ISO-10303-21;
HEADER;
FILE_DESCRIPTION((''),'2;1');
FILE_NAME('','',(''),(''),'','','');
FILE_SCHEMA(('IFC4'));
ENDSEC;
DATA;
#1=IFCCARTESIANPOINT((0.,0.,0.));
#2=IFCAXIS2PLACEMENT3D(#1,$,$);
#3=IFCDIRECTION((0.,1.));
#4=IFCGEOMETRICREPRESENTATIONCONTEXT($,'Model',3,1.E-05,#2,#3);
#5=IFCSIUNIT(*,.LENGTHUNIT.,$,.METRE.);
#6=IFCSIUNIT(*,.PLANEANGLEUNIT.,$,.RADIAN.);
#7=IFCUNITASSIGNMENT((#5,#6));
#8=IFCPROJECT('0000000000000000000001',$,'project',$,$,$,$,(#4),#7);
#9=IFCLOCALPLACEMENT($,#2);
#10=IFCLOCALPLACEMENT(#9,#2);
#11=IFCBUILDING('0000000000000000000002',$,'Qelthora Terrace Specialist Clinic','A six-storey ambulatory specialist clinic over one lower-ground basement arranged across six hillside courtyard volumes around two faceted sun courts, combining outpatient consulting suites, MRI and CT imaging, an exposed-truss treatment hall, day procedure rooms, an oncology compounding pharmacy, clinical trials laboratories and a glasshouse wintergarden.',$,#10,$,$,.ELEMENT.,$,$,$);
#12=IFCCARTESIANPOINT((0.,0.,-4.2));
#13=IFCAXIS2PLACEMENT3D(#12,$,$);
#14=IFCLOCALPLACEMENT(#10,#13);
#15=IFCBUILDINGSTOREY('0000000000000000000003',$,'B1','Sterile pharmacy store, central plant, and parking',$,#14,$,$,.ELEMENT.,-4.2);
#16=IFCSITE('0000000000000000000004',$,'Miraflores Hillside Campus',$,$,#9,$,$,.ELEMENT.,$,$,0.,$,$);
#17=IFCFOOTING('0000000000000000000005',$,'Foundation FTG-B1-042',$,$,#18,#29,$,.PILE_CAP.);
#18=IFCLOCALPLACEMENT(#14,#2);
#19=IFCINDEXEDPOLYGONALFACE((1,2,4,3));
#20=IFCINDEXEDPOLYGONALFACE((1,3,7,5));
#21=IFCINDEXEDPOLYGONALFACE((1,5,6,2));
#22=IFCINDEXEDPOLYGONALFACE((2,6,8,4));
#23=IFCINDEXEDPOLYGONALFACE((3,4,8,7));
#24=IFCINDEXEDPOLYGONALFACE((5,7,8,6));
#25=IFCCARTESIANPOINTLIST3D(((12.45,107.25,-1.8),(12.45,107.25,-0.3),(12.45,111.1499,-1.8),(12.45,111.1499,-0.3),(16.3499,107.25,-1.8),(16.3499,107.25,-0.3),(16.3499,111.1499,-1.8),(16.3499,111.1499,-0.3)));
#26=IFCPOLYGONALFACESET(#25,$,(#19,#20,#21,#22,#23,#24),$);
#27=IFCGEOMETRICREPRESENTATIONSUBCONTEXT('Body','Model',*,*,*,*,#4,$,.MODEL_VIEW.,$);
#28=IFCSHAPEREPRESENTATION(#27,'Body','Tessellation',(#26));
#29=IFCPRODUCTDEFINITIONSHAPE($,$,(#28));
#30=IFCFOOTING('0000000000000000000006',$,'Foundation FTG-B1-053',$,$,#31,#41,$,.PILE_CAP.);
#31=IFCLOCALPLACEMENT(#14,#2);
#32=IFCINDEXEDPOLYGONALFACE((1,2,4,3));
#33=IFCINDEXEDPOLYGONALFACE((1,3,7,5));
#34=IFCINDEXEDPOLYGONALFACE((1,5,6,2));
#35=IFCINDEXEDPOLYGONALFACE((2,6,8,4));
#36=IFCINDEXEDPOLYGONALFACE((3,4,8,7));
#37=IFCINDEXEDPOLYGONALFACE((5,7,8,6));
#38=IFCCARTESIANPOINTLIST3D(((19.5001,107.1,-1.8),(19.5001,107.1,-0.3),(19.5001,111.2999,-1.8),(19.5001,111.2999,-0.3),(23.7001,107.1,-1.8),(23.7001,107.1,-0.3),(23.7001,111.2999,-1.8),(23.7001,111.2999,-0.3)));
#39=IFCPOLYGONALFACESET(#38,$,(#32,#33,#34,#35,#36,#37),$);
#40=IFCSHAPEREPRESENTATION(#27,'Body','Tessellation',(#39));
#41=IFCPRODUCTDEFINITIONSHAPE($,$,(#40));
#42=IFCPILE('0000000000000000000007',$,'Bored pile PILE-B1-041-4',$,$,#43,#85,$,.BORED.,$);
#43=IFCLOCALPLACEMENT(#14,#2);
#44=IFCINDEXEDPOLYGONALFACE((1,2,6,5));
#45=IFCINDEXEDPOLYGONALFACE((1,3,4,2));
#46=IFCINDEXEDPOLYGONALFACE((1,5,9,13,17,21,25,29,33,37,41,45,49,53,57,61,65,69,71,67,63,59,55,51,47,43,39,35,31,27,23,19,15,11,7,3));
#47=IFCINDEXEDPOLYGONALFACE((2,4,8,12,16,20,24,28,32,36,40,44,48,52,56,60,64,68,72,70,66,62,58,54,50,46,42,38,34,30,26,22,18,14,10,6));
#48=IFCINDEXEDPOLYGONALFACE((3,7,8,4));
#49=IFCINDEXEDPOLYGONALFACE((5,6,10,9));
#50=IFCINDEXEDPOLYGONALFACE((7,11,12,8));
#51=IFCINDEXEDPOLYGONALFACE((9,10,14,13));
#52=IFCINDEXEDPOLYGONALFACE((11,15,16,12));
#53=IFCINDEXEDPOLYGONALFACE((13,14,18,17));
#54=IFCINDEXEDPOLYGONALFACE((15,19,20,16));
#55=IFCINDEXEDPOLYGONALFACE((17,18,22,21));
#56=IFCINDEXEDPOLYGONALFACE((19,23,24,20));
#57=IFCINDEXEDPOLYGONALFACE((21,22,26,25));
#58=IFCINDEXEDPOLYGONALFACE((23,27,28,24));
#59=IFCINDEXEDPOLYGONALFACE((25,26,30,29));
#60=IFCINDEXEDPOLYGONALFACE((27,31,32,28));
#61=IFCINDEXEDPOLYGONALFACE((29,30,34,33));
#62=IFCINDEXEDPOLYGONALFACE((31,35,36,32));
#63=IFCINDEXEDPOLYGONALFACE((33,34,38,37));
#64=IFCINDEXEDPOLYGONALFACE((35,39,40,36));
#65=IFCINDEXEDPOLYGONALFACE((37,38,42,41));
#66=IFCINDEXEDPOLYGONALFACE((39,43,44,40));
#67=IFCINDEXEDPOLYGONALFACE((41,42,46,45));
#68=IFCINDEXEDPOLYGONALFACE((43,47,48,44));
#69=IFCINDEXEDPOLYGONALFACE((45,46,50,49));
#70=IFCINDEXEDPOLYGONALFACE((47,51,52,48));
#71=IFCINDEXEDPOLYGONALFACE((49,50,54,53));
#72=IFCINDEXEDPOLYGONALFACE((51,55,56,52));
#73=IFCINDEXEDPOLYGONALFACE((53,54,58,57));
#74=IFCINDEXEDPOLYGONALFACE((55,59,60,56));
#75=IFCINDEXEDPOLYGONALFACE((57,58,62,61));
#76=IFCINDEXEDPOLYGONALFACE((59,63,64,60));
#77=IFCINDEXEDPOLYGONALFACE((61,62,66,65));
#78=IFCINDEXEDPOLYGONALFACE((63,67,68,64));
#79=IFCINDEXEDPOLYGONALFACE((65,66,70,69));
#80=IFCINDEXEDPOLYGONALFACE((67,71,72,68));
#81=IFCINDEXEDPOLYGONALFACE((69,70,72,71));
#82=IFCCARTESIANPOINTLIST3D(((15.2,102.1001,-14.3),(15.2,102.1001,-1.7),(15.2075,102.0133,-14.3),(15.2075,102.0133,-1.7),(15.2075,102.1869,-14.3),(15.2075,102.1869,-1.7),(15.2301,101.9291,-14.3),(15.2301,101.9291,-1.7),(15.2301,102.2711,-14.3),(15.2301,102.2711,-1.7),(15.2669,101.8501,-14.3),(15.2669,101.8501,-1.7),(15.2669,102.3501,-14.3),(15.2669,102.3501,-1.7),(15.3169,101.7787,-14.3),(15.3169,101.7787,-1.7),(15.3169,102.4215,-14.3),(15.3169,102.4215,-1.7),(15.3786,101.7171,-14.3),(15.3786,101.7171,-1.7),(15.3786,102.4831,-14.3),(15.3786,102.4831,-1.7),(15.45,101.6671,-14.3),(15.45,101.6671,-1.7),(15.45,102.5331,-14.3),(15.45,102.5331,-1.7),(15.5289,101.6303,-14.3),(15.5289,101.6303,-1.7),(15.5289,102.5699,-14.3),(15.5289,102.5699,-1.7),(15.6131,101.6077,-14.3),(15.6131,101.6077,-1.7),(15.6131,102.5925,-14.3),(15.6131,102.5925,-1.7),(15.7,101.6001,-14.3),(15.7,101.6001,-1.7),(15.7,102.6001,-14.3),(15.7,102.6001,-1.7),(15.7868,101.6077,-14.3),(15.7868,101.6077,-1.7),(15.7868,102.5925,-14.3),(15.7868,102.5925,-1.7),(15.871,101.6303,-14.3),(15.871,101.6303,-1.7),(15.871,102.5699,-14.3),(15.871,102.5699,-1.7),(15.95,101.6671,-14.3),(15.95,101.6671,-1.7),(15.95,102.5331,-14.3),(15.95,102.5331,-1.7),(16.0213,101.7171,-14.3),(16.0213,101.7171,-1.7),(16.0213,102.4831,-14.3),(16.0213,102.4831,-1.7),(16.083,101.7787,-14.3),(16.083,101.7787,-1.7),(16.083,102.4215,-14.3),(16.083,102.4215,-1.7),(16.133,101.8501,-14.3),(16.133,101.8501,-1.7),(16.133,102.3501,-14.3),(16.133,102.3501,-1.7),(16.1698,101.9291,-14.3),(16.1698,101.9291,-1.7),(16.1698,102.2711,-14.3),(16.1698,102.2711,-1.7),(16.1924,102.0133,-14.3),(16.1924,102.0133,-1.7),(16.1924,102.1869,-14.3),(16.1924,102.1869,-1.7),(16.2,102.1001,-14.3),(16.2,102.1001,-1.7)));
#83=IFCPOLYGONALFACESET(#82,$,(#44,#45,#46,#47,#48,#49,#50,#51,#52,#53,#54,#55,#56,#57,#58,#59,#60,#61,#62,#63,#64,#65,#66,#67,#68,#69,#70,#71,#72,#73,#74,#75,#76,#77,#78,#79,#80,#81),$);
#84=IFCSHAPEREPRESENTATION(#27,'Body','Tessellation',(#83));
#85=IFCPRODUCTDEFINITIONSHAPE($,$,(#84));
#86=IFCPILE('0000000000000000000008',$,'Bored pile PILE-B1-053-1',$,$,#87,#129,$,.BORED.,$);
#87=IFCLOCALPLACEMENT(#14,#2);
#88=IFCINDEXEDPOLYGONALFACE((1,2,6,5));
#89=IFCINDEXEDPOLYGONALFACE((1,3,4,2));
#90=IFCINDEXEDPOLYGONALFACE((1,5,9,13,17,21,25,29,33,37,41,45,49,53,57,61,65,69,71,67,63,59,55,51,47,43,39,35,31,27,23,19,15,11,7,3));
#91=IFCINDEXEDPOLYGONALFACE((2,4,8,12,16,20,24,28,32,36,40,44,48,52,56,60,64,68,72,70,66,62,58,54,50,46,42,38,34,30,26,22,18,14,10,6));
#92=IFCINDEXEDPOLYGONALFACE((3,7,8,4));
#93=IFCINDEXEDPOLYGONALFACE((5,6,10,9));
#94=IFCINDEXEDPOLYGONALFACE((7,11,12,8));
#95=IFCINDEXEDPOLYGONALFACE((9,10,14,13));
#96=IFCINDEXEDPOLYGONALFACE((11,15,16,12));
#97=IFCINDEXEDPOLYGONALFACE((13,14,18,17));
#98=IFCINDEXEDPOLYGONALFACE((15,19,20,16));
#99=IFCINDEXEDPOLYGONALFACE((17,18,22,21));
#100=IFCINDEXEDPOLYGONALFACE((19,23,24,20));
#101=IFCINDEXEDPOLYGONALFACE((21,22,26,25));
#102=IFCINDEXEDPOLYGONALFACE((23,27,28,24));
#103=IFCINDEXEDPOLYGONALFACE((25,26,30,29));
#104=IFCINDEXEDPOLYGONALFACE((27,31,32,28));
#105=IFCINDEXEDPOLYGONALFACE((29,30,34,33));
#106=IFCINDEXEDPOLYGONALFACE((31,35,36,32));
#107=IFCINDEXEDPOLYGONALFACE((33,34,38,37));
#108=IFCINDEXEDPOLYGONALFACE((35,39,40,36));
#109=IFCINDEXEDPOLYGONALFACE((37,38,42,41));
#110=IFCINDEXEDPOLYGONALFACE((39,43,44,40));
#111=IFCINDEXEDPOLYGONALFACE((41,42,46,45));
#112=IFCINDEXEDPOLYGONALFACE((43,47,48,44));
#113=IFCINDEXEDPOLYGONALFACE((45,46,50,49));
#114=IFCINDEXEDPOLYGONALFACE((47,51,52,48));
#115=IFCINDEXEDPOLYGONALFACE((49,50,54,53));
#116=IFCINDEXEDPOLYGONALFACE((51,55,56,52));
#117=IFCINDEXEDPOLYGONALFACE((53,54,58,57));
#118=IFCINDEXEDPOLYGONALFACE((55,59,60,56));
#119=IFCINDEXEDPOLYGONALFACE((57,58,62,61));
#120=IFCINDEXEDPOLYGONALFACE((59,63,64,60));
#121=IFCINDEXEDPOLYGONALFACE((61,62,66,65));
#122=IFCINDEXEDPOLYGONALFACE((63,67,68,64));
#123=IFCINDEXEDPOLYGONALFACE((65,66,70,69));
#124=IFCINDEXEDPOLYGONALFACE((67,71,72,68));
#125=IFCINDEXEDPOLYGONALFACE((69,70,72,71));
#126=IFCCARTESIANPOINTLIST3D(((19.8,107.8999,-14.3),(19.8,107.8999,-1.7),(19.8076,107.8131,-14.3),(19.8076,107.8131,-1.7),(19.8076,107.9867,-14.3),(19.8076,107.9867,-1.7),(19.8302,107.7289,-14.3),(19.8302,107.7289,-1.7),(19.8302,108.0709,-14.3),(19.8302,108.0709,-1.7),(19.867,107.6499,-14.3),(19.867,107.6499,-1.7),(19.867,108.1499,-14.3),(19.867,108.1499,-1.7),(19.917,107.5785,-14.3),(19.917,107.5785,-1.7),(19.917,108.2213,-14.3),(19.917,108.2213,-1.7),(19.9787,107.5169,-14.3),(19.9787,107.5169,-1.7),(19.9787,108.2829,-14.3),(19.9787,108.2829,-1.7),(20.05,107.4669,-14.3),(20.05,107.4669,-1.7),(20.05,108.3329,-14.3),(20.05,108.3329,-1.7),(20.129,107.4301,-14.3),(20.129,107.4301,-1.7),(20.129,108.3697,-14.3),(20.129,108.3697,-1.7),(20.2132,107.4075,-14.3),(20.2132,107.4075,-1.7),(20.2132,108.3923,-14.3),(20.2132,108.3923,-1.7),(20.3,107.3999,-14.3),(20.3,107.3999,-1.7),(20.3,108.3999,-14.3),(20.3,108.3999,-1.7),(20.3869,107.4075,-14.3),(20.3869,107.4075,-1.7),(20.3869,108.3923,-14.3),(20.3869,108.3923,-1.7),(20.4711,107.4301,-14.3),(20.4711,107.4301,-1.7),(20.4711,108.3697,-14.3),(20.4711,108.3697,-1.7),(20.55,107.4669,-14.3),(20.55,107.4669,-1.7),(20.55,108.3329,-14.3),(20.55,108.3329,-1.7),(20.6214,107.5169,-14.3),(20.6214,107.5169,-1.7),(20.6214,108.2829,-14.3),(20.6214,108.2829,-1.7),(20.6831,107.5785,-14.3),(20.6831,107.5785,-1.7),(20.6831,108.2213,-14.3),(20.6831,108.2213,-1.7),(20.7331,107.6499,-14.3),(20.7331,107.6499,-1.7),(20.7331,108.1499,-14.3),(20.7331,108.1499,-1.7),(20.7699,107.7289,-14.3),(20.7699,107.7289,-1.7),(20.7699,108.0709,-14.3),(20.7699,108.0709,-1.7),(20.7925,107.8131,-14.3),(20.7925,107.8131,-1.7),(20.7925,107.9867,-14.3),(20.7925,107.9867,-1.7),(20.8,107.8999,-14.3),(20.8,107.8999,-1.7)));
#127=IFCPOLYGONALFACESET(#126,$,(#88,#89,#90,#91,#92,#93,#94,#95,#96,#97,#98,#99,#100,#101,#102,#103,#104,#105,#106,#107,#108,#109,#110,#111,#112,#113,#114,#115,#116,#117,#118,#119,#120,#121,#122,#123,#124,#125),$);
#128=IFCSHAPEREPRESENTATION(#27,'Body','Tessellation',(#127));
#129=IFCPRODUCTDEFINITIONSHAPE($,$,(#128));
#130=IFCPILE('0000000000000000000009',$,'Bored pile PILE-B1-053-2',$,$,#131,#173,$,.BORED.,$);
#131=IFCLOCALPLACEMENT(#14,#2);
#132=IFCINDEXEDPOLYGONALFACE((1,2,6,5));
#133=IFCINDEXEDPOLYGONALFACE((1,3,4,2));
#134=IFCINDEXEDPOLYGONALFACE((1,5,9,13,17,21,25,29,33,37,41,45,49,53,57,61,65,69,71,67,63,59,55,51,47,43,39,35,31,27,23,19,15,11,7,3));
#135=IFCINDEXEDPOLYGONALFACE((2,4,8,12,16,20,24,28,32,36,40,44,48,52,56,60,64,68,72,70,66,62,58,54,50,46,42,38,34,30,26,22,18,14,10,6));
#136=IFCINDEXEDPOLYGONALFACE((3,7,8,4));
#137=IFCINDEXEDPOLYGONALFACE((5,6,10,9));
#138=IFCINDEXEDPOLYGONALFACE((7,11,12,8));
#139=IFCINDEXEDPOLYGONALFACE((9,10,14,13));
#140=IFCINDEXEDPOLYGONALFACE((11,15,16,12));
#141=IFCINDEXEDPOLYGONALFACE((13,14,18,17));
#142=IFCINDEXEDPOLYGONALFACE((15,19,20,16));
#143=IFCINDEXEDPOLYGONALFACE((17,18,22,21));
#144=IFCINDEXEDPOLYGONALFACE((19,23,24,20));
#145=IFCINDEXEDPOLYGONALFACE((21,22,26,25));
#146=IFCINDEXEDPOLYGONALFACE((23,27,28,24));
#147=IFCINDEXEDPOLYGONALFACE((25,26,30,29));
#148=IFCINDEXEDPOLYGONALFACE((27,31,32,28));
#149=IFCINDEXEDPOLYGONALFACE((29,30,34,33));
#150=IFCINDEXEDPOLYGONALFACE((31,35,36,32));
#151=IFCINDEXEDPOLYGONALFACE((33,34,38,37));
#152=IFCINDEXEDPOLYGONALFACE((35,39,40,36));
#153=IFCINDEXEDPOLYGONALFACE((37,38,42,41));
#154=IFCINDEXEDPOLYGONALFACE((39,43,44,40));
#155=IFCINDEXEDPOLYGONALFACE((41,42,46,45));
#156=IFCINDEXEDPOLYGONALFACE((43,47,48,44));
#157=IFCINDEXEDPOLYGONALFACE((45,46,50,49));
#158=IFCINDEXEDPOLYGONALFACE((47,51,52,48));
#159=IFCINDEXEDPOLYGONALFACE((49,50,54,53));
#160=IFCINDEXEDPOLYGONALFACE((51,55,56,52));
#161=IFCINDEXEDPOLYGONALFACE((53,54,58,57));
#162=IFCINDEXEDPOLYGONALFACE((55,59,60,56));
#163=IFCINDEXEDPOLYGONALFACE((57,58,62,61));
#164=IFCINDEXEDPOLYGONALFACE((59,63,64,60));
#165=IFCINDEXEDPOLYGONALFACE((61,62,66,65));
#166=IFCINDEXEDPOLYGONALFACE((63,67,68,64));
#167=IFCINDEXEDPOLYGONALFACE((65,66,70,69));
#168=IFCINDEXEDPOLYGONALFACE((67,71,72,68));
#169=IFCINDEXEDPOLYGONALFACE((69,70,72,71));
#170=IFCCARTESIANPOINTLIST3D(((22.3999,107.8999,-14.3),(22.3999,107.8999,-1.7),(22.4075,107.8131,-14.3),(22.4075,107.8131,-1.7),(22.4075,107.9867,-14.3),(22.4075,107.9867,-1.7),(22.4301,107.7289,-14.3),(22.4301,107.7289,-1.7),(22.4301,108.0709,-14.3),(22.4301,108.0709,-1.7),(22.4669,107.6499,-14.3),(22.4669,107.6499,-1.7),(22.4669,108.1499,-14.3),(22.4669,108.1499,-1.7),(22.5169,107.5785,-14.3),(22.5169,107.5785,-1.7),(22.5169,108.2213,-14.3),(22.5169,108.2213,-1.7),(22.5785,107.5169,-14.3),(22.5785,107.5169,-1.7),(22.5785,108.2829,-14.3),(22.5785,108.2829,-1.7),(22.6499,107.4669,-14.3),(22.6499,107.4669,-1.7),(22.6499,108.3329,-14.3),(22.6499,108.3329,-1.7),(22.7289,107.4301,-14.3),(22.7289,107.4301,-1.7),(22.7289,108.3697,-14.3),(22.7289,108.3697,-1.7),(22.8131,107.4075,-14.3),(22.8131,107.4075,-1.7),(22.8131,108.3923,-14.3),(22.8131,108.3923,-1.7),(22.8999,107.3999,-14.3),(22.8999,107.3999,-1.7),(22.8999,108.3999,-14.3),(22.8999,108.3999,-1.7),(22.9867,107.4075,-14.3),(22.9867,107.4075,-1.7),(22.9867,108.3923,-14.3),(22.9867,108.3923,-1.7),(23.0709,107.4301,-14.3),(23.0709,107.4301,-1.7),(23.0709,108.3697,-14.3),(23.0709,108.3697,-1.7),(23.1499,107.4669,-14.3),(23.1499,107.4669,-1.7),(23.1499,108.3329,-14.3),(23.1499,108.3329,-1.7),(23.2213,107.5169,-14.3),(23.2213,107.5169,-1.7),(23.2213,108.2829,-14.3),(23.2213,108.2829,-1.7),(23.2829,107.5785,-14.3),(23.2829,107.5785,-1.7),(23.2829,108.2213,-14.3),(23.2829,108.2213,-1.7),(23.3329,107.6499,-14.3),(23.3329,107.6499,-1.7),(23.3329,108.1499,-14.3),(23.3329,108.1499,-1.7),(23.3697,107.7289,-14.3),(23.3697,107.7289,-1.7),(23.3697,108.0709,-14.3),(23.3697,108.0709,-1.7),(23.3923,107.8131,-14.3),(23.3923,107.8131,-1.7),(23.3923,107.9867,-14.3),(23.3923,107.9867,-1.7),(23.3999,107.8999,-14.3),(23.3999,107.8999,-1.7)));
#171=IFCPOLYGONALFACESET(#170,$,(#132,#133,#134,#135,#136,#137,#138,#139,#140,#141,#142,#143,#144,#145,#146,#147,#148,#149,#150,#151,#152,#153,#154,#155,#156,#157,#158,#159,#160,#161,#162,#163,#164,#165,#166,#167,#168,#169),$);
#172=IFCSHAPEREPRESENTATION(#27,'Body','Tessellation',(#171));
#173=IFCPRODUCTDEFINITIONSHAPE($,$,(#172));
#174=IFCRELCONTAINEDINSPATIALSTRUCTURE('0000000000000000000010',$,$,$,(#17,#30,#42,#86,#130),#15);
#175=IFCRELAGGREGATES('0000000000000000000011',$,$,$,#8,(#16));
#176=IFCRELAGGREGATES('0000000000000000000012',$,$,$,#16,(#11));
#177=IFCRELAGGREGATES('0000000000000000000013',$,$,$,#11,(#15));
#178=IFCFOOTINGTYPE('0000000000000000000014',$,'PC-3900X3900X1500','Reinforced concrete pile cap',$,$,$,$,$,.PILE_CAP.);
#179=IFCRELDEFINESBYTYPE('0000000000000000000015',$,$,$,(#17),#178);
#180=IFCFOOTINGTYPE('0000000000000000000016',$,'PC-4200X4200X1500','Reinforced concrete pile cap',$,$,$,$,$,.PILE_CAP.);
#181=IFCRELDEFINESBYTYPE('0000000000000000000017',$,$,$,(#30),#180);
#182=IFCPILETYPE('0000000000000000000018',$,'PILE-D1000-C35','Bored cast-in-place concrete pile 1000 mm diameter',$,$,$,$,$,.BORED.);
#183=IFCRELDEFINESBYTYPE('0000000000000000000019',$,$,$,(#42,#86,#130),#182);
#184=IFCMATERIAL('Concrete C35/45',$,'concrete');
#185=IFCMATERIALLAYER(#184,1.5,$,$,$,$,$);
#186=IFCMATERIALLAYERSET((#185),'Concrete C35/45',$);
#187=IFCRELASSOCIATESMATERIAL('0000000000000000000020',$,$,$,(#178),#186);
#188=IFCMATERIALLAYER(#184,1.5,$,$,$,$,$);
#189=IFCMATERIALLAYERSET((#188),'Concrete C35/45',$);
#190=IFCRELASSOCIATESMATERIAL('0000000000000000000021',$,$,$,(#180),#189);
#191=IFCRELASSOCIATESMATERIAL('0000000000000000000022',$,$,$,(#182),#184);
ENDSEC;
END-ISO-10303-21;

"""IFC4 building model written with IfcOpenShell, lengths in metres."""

from ifc_helpers import new_model, si_unit, direction, frame, origin, origin_2d, place, context, subcontext, project, spatial, rectangle, circle, extrude, material, layer, layer_set, material_profile, profile_set, type_object, element, save


model = new_model("IFC4")

# Units and contexts
model_context = context("Model", 3, precision=1e-05, world=origin(), true_north=direction((0.0, 1.0)))
body_context = subcontext(model_context, "Body", "Model", "MODEL_VIEW")
ifc_project = project(units=[si_unit("LENGTHUNIT", "METRE"), si_unit("PLANEANGLEUNIT", "RADIAN")], contexts=[model_context])

# Site, building, storey
site_placement = place(None, origin())
site = spatial("IfcSite", under=ifc_project, at=site_placement, Name="Miraflores Hillside Campus", CompositionType="ELEMENT", RefElevation=0.0)
building_placement = place(site_placement, origin())
building = spatial("IfcBuilding", under=site, at=building_placement, Name="Qelthora Terrace Specialist Clinic", Description="A six-storey ambulatory specialist clinic over one lower-ground basement arranged across six hillside courtyard volumes around two faceted sun courts, combining outpatient consulting suites, MRI and CT imaging, an exposed-truss treatment hall, day procedure rooms, an oncology compounding pharmacy, clinical trials laboratories and a glasshouse wintergarden.", CompositionType="ELEMENT")
storey_placement = place(building_placement, frame((0.0, 0.0, -4.2)))
storey = spatial("IfcBuildingStorey", under=building, at=storey_placement, Name="B1", Description="Sterile pharmacy store, central plant, and parking", CompositionType="ELEMENT", Elevation=-4.2)

# Footings
ifc_material_1 = material(Name="Concrete C35/45", Category="concrete")
ifc_layer_1 = layer(ifc_material_1, 1.5)
ifc_layer_set_1 = layer_set([ifc_layer_1], Name="Concrete C35/45")
footing_type_1 = type_object("IfcFootingType", Name="PC-3900X3900X1500", Description="Reinforced concrete pile cap", PredefinedType="PILE_CAP", material=ifc_layer_set_1)
footing_1_placement = place(storey_placement, frame((14.3999, 109.2, -1.8), z_axis=(0.0, 0.0, 1.0), x_axis=(1.0, 0.0, 0.0)))
element("IfcFooting", 1, at=footing_1_placement, inside=storey, type_object=footing_type_1, Name="Foundation FTG-B1-042", PredefinedType="PILE_CAP", context=body_context, shape_type="SweptSolid", body=[
    extrude(rectangle(XDim=3.8999, YDim=3.8999, at=origin_2d()), origin(), (0.0, 0.0, 1.0), 1.5),
])
ifc_layer_2 = layer(ifc_material_1, 1.5)
ifc_layer_set_2 = layer_set([ifc_layer_2], Name="Concrete C35/45")
footing_type_2 = type_object("IfcFootingType", Name="PC-4200X4200X1500", Description="Reinforced concrete pile cap", PredefinedType="PILE_CAP", material=ifc_layer_set_2)
footing_2_placement = place(storey_placement, frame((21.6001, 109.2, -1.8), z_axis=(0.0, 0.0, 1.0), x_axis=(1.0, 0.0, 0.0)))
element("IfcFooting", 2, at=footing_2_placement, inside=storey, type_object=footing_type_2, Name="Foundation FTG-B1-053", PredefinedType="PILE_CAP", context=body_context, shape_type="SweptSolid", body=[
    extrude(rectangle(XDim=4.2, YDim=4.2, at=origin_2d()), origin(), (0.0, 0.0, 1.0), 1.5),
])

# Piles
ifc_material_profile_1 = material_profile(ifc_material_1, circle(Radius=0.5, at=origin_2d()), Name="PILE1000")
ifc_profile_set_1 = profile_set([ifc_material_profile_1], Name="Concrete C35/45")
pile_type_1 = type_object("IfcPileType", Name="PILE-D1000-C35", Description="Bored cast-in-place concrete pile 1000 mm diameter", PredefinedType="BORED", material=ifc_profile_set_1)
for number, where, z_axis, x_axis, name in (
    (3, (15.7, 102.1001, -1.7), (0.0, 0.0, -1.0), (1.0, 0.0, 0.0), "Bored pile PILE-B1-041-4"),
    (4, (20.3, 107.8999, -1.7), (0.0, 0.0, -1.0), (1.0, 0.0, 0.0), "Bored pile PILE-B1-053-1"),
    (5, (22.8999, 107.8999, -1.7), (0.0, 0.0, -1.0), (1.0, 0.0, 0.0), "Bored pile PILE-B1-053-2"),
):
    element("IfcPile", number, at=place(storey_placement, frame(where, z_axis=z_axis, x_axis=x_axis)), inside=storey, type_object=pile_type_1, Name=name, PredefinedType="BORED", context=body_context, shape_type="SweptSolid", body=[
        extrude(circle(Radius=0.5, at=origin_2d()), origin(), (0.0, 0.0, 1.0), 12.6001),
    ])

save(model, "model.ifc")
